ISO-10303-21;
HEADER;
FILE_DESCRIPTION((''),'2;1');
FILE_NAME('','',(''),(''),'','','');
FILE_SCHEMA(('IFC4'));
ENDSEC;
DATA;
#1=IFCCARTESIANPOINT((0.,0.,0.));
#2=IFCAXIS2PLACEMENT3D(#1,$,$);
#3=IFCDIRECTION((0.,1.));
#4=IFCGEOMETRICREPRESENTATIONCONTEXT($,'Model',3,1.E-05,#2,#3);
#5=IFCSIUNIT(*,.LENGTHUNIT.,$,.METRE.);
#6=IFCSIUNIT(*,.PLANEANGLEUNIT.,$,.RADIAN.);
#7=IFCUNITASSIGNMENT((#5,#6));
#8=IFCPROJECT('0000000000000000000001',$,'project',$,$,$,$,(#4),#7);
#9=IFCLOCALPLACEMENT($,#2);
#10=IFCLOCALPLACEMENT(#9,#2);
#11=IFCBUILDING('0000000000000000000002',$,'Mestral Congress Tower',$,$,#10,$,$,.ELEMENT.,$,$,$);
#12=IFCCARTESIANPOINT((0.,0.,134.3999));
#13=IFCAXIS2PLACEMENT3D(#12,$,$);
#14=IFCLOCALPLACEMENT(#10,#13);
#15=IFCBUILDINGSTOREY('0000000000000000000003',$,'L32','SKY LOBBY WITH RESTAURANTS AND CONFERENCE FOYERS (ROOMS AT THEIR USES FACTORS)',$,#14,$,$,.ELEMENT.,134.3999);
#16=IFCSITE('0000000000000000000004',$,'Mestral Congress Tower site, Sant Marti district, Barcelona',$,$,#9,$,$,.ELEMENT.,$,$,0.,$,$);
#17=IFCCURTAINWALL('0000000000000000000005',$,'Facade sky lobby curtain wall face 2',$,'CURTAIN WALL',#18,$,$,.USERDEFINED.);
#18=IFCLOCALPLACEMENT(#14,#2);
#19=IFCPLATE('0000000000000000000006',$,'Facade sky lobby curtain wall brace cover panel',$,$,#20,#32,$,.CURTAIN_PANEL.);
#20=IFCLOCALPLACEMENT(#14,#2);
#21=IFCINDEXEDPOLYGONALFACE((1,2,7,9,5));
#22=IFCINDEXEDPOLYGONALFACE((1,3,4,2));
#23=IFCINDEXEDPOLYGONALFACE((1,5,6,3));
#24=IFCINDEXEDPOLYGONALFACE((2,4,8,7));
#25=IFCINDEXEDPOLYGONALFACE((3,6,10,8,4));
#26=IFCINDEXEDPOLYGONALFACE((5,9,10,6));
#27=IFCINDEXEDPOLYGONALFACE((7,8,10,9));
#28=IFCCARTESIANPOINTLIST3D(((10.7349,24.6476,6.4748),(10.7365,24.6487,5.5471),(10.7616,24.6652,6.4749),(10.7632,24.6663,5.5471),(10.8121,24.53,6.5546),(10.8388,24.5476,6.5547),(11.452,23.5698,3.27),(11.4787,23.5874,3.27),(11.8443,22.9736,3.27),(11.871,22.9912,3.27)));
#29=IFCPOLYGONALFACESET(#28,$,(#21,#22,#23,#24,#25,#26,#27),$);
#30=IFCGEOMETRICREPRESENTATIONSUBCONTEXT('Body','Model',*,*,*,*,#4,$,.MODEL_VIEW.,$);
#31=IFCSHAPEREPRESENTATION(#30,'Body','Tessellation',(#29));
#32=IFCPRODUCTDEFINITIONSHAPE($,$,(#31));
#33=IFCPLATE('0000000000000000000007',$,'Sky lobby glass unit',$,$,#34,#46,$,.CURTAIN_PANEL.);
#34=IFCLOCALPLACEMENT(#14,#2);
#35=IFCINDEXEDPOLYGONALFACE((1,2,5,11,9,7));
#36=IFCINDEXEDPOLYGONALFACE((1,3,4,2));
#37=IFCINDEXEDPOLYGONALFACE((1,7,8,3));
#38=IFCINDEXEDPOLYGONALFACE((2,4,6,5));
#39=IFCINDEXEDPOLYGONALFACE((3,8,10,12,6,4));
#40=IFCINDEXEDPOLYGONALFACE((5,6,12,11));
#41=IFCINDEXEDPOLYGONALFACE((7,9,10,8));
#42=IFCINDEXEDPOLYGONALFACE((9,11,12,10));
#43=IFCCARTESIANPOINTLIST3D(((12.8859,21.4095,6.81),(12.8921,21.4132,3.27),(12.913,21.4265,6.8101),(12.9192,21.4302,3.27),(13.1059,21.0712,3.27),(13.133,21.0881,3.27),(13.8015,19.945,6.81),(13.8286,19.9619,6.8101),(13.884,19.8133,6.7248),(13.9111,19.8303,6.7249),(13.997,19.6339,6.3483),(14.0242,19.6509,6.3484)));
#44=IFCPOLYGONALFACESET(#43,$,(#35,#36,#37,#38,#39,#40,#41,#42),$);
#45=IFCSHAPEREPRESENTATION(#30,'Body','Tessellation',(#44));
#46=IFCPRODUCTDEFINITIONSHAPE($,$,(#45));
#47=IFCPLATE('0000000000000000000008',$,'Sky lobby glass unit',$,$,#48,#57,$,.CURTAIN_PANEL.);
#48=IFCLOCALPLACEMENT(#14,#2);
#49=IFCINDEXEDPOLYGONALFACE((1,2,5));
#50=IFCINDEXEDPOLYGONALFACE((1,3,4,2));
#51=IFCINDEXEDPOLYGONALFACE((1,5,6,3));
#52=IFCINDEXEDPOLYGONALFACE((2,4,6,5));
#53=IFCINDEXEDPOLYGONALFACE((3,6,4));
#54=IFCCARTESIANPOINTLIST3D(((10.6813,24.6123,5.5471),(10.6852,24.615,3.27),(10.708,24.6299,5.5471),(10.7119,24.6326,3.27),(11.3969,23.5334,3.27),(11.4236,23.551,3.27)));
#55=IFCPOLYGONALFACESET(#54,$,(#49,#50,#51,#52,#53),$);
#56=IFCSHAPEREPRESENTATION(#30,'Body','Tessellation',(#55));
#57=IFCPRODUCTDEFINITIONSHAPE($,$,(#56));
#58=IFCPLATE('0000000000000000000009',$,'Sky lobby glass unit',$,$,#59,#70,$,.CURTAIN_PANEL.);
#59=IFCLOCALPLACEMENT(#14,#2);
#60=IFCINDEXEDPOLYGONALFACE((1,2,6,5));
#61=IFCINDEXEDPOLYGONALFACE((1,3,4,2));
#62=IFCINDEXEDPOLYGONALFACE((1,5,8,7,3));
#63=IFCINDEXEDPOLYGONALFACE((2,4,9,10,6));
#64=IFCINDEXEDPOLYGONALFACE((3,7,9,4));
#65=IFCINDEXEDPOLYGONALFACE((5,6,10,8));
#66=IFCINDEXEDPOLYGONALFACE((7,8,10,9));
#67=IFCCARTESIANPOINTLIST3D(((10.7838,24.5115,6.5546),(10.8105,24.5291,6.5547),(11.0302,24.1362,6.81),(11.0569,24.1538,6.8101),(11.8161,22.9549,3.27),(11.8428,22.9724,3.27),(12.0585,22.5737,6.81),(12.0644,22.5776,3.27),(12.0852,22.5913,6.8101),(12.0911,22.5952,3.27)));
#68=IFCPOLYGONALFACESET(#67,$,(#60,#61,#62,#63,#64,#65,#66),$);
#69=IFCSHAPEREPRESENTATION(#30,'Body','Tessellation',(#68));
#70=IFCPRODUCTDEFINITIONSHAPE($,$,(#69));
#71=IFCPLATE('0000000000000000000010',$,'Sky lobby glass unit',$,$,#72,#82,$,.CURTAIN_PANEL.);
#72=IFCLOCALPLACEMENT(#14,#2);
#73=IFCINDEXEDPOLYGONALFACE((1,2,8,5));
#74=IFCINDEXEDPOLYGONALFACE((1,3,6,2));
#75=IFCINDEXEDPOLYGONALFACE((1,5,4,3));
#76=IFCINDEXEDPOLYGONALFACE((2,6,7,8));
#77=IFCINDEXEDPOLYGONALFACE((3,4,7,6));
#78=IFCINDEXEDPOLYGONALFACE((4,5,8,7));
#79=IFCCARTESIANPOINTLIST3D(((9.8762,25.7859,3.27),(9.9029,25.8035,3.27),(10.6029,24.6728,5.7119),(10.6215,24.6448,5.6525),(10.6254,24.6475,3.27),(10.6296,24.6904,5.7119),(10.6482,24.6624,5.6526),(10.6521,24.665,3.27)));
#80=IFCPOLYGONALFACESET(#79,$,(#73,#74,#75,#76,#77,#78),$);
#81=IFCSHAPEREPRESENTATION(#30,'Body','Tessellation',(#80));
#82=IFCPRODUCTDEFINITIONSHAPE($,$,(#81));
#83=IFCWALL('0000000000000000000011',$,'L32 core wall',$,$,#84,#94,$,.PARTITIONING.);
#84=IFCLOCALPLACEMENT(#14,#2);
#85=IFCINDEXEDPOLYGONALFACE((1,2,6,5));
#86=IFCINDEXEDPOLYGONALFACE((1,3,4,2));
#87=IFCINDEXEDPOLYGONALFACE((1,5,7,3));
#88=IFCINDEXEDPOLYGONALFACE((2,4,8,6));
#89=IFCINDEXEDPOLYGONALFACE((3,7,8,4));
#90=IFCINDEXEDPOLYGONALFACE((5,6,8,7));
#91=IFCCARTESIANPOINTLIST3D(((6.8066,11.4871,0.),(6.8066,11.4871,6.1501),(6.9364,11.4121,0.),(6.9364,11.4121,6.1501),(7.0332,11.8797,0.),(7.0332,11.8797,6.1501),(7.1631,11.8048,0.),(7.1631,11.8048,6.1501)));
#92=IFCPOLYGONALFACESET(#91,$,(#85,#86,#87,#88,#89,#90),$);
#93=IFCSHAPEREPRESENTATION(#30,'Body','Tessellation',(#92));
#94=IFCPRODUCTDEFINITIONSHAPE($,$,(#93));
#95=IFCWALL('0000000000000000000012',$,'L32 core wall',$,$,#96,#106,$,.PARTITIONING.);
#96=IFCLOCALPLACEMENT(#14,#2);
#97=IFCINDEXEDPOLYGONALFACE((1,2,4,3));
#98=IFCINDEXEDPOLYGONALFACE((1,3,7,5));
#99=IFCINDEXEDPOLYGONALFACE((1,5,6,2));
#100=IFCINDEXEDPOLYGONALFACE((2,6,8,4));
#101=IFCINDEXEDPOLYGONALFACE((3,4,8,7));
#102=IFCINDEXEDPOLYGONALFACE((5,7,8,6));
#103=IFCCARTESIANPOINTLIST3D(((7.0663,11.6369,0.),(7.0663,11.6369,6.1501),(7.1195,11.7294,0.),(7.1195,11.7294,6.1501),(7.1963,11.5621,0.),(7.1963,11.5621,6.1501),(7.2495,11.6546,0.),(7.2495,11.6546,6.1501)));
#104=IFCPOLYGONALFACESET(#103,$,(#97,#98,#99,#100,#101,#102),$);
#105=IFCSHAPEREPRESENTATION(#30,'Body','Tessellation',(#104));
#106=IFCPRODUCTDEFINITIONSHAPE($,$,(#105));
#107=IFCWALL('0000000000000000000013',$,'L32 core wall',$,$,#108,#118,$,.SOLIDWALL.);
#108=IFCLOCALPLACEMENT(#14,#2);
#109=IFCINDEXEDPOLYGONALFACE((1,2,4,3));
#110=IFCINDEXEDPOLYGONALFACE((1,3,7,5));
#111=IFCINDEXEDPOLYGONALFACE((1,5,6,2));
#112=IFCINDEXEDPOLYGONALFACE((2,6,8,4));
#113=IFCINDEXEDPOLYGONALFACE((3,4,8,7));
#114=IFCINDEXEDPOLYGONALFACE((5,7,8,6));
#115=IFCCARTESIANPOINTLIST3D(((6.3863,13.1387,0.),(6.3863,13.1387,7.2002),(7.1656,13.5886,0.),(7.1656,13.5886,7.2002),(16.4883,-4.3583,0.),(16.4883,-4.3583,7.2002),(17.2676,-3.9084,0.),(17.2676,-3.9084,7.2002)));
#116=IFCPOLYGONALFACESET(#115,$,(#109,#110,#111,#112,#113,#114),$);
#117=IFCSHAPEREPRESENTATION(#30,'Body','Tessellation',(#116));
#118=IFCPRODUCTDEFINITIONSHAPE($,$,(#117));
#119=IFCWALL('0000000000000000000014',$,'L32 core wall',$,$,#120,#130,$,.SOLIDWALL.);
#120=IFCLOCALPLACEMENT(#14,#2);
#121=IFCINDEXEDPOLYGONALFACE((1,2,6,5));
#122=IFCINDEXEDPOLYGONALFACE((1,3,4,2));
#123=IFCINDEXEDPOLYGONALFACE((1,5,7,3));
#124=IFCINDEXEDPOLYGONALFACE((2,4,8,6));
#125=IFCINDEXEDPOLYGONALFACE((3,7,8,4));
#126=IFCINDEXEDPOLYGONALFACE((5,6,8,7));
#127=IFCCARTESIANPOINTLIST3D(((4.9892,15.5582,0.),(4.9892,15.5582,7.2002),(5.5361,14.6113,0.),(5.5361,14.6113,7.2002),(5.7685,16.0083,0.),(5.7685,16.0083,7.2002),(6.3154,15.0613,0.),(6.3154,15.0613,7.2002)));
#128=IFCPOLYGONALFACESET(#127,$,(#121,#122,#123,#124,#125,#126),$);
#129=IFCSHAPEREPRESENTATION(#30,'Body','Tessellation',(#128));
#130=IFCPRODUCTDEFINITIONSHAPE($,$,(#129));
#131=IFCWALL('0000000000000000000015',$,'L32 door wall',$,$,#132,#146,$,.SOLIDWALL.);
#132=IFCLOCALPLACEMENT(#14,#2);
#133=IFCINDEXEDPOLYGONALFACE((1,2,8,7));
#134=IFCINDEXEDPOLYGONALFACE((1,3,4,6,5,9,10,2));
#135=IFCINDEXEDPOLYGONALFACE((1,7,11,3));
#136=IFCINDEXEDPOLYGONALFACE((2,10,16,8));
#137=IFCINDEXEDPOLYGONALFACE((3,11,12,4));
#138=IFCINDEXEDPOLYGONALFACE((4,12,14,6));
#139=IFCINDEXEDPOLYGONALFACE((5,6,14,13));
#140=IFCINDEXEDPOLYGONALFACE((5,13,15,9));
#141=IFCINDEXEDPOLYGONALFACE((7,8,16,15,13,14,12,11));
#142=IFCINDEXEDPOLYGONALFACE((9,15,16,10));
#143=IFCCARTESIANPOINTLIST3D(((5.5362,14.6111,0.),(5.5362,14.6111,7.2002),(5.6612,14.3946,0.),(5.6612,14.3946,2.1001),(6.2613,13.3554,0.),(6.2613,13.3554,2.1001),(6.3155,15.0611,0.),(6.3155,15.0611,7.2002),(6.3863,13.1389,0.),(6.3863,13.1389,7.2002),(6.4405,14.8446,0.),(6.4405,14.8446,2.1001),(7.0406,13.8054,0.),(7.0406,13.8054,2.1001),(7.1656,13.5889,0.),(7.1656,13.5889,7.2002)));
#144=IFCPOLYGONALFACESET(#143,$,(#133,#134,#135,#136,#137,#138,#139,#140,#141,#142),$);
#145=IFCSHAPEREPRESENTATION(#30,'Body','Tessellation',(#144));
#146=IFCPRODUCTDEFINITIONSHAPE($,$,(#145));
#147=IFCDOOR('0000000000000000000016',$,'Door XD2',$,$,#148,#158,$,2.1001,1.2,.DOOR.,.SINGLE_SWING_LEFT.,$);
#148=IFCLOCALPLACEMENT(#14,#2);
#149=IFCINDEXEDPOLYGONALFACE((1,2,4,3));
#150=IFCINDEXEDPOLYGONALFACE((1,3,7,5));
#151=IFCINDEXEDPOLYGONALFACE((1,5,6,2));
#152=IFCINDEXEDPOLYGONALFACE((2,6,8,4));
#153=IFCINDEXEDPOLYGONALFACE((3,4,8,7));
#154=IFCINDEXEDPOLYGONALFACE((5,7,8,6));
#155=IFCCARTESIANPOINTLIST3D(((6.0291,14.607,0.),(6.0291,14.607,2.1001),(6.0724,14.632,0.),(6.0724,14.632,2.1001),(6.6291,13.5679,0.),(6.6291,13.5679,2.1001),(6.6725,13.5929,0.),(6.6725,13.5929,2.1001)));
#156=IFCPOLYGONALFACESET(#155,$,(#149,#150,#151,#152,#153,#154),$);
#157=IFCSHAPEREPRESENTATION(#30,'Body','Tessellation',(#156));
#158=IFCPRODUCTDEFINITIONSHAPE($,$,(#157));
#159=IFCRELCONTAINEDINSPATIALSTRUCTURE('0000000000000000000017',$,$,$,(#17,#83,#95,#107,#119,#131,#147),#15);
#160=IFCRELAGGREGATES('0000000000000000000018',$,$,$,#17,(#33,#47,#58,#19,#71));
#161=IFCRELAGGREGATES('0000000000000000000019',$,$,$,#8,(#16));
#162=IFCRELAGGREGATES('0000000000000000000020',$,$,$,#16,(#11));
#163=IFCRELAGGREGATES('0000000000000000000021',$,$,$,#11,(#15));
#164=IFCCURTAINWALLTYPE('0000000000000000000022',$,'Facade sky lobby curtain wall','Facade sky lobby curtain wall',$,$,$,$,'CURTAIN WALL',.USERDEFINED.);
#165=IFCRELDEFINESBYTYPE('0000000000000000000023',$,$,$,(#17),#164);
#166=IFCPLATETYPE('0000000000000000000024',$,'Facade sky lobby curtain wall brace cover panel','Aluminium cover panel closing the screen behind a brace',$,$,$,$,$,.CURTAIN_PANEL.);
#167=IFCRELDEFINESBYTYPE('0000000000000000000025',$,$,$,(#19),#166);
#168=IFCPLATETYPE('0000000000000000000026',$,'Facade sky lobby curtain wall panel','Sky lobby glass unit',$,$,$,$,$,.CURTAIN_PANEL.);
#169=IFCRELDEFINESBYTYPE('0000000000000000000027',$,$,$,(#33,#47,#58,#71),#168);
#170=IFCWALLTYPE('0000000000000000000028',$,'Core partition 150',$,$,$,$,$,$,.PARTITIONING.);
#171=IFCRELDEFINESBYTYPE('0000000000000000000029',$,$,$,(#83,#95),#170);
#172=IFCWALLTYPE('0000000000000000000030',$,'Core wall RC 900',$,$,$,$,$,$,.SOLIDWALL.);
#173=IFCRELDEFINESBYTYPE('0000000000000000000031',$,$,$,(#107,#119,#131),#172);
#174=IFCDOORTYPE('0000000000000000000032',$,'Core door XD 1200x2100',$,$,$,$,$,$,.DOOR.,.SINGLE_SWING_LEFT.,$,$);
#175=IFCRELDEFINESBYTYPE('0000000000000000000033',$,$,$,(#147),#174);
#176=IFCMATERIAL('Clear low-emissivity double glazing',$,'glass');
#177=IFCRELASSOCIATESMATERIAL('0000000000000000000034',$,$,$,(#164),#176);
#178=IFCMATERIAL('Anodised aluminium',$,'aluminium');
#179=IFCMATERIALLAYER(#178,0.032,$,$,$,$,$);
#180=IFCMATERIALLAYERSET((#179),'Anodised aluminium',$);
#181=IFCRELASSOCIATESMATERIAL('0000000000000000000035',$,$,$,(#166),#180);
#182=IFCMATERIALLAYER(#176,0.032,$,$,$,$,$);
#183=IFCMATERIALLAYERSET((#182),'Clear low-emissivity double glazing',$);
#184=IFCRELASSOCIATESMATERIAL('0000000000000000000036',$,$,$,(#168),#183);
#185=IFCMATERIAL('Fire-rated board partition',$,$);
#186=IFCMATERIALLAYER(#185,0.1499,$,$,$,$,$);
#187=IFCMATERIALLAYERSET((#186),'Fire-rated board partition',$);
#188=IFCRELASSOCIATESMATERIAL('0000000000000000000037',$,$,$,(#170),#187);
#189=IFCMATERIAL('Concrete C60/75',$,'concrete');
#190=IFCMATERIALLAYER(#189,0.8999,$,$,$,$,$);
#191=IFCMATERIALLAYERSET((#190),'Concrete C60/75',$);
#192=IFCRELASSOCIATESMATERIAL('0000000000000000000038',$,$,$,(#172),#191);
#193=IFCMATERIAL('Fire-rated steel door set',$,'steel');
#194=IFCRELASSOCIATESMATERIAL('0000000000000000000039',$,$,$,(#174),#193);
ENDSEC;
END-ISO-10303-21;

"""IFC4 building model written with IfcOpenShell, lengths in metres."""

from ifc_helpers import new_model, si_unit, direction, frame, frame_2d, origin, place, context, subcontext, project, spatial, polyline, rectangle, outline, extrude, material, layer, layer_set, type_object, element, fill, aggregate, save


model = new_model("IFC4")

# Units and contexts
model_context = context("Model", 3, precision=1e-05, world=origin(), true_north=direction((0.0, 1.0)))
body_context = subcontext(model_context, "Body", "Model", "MODEL_VIEW")
ifc_project = project(units=[si_unit("LENGTHUNIT", "METRE"), si_unit("PLANEANGLEUNIT", "RADIAN")], contexts=[model_context])

# Site, building, storey
site_placement = place(None, origin())
site = spatial("IfcSite", under=ifc_project, at=site_placement, Name="Mestral Congress Tower site, Sant Marti district, Barcelona", CompositionType="ELEMENT", RefElevation=0.0)
building_placement = place(site_placement, origin())
building = spatial("IfcBuilding", under=site, at=building_placement, Name="Mestral Congress Tower", CompositionType="ELEMENT")
storey_placement = place(building_placement, frame((0.0, 0.0, 134.3999)))
storey = spatial("IfcBuildingStorey", under=building, at=storey_placement, Name="L32", Description="SKY LOBBY WITH RESTAURANTS AND CONFERENCE FOYERS (ROOMS AT THEIR USES FACTORS)", CompositionType="ELEMENT", Elevation=134.3999)

# Curtain wall
ifc_material_1 = material(Name="Clear low-emissivity double glazing", Category="glass")
curtain_wall_type = type_object("IfcCurtainWallType", Name="Facade sky lobby curtain wall", Description="Facade sky lobby curtain wall", ElementType="CURTAIN WALL", PredefinedType="USERDEFINED", material=ifc_material_1)
curtain_wall_placement = place(storey_placement, origin())
curtain_wall = element("IfcCurtainWall", 1, at=curtain_wall_placement, inside=storey, type_object=curtain_wall_type, Name="Facade sky lobby curtain wall face 2", ObjectType="CURTAIN WALL", PredefinedType="USERDEFINED")
ifc_material_2 = material(Name="Anodised aluminium", Category="aluminium")

# Plates
ifc_layer_1 = layer(ifc_material_2, 0.032)
ifc_layer_set_1 = layer_set([ifc_layer_1], Name="Anodised aluminium")
plate_type_1 = type_object("IfcPlateType", Name="Facade sky lobby curtain wall brace cover panel", Description="Aluminium cover panel closing the screen behind a brace", PredefinedType="CURTAIN_PANEL", material=ifc_layer_set_1)
plate_1_placement = place(storey_placement, frame((10.7632, 24.6663, 5.5471), z_axis=(0.835338, 0.549732, 0.002019), x_axis=(0.273164, -0.411889, -0.869327)))
plate_1 = element("IfcPlate", 2, at=plate_1_placement, type_object=plate_type_1, Name="Facade sky lobby curtain wall brace cover panel", PredefinedType="CURTAIN_PANEL", context=body_context, shape_type="SweptSolid", body=[
    extrude(outline(polyline([(0.0, 0.0), (2.6194, 0.0), (2.9721, -0.6204), (-0.8064, -0.6203), (-0.8065, -0.4585), (0.0, 0.0)])), origin(), (0.0, 0.0, -1.0), 0.032),
])
ifc_layer_2 = layer(ifc_material_1, 0.032)
ifc_layer_set_2 = layer_set([ifc_layer_2], Name="Clear low-emissivity double glazing")
plate_type_2 = type_object("IfcPlateType", Name="Facade sky lobby curtain wall panel", Description="Sky lobby glass unit", PredefinedType="CURTAIN_PANEL", material=ifc_layer_set_2)
plate_2_placement = place(storey_placement, frame((12.9192, 21.4302, 3.27), z_axis=(0.847942, 0.530085, 0.002023), x_axis=(0.530086, -0.847944, 0.0)))
plate_2 = element("IfcPlate", 3, at=plate_2_placement, type_object=plate_type_2, Name="Sky lobby glass unit", PredefinedType="CURTAIN_PANEL", context=body_context, shape_type="SweptSolid", body=[
    extrude(outline(polyline([(0.0, 0.0), (0.4034, 0.0), (2.0945, -3.0784), (1.8824, -3.4548), (1.7271, -3.54), (-0.0001, -3.54), (0.0, 0.0)])), origin(), (0.0, 0.0, -1.0), 0.032),
])
plate_3_placement = place(storey_placement, frame((10.7119, 24.6326, 3.27), z_axis=(0.83537, 0.549685, 0.002081), x_axis=(0.549686, -0.835372, 0.0)))
plate_3 = element("IfcPlate", 4, at=plate_3_placement, type_object=plate_type_2, Name="Sky lobby glass unit", PredefinedType="CURTAIN_PANEL", context=body_context, shape_type="SweptSolid", body=[
    extrude(outline(polyline([(0.0, 0.0), (1.2947, 0.0), (0.0001, -2.2771), (0.0, 0.0)])), origin(), (0.0, 0.0, -1.0), 0.032),
])
plate_4_placement = place(storey_placement, frame((10.8105, 24.5291, 6.5547), z_axis=(0.835322, 0.549758, 0.001981), x_axis=(0.273188, -0.411958, -0.869286)))
plate_4 = element("IfcPlate", 5, at=plate_4_placement, type_object=plate_type_2, Name="Sky lobby glass unit", PredefinedType="CURTAIN_PANEL", context=body_context, shape_type="SweptSolid", body=[
    extrude(outline(polyline([(0.0, 0.0), (3.7786, 0.0), (4.0018, -0.3926), (0.9245, -2.1425), (-0.0001, -0.5164), (0.0, 0.0)])), origin(), (0.0, 0.0, -1.0), 0.032),
])
plate_5_placement = place(storey_placement, frame((10.6521, 24.665, 3.27), z_axis=(0.835335, 0.549738, 0.001967), x_axis=(-0.001621, -0.001115, 0.999998)))
plate_5 = element("IfcPlate", 6, at=plate_5_placement, type_object=plate_type_2, Name="Sky lobby glass unit", PredefinedType="CURTAIN_PANEL", context=body_context, shape_type="SweptSolid", body=[
    extrude(outline(polyline([(0.0, 0.0), (2.3826, 0.0), (2.4419, -0.0337), (-0.0001, -1.3629), (0.0, 0.0)])), origin(), (0.0, 0.0, -1.0), 0.032),
])
aggregate(curtain_wall, [plate_2, plate_3, plate_4, plate_1, plate_5])

# Walls
ifc_material_3 = material(Name="Fire-rated board partition")
ifc_layer_3 = layer(ifc_material_3, 0.1499)
ifc_layer_set_3 = layer_set([ifc_layer_3], Name="Fire-rated board partition")
wall_type_1 = type_object("IfcWallType", Name="Core partition 150", PredefinedType="PARTITIONING", material=ifc_layer_set_3)
wall_1_placement = place(storey_placement, frame((6.8716, 11.4497, 0.0), z_axis=(0.0, 0.0, 1.0), x_axis=(0.499847, 0.866114, 0.0)))
element("IfcWall", 7, at=wall_1_placement, inside=storey, type_object=wall_type_1, Name="L32 core wall", PredefinedType="PARTITIONING", context=body_context, shape_type="SweptSolid", body=[
    extrude(rectangle(XDim=0.4534, YDim=0.1499, at=frame_2d((0.2266, 0.0))), origin(), (0.0, 0.0, 1.0), 6.1501),
])
wall_2_placement = place(storey_placement, frame((7.1313, 11.5996, 0.0), z_axis=(0.0, 0.0, 1.0), x_axis=(0.4986, 0.866832, 0.0)))
element("IfcWall", 8, at=wall_2_placement, inside=storey, type_object=wall_type_1, Name="L32 core wall", PredefinedType="PARTITIONING", context=body_context, shape_type="SweptSolid", body=[
    extrude(rectangle(XDim=0.1067, YDim=0.1499, at=frame_2d((0.0532, 0.0))), origin(), (0.0, 0.0, 1.0), 6.1501),
])
ifc_material_4 = material(Name="Concrete C60/75", Category="concrete")
ifc_layer_4 = layer(ifc_material_4, 0.8999)
ifc_layer_set_4 = layer_set([ifc_layer_4], Name="Concrete C60/75")
wall_type_2 = type_object("IfcWallType", Name="Core wall RC 900", PredefinedType="SOLIDWALL", material=ifc_layer_set_4)
wall_3_placement = place(storey_placement, frame((6.7759, 13.3638, 0.0), z_axis=(0.0, 0.0, 1.0), x_axis=(0.500004, -0.866023, 0.0)))
element("IfcWall", 9, at=wall_3_placement, inside=storey, type_object=wall_type_2, Name="L32 core wall", PredefinedType="SOLIDWALL", context=body_context, shape_type="SweptSolid", body=[
    extrude(rectangle(XDim=20.2039, YDim=0.8999, at=frame_2d((10.1021, 0.0))), origin(), (0.0, 0.0, 1.0), 7.2002),
])
wall_4_placement = place(storey_placement, frame((5.9258, 14.8362, 0.0), z_axis=(0.0, 0.0, 1.0), x_axis=(-0.500077, 0.865981, 0.0)))
element("IfcWall", 10, at=wall_4_placement, inside=storey, type_object=wall_type_2, Name="L32 core wall", PredefinedType="SOLIDWALL", context=body_context, shape_type="SweptSolid", body=[
    extrude(rectangle(XDim=1.0935, YDim=0.8999, at=frame_2d((0.5469, 0.0))), origin(), (0.0, 0.0, 1.0), 7.2002),
])

# Wall, opening, door
wall_5_placement = place(storey_placement, frame((5.9258, 14.8362, 0.0), z_axis=(0.0, 0.0, 1.0), x_axis=(0.500062, -0.865989, 0.0)))
wall_5 = element("IfcWall", 11, at=wall_5_placement, inside=storey, type_object=wall_type_2, Name="L32 door wall", PredefinedType="SOLIDWALL", context=body_context, shape_type="SweptSolid", body=[
    extrude(rectangle(XDim=1.7, YDim=0.8999, at=frame_2d((0.8501, 0.0))), origin(), (0.0, 0.0, 1.0), 7.2002),
])
opening_1_placement = place(wall_5_placement, frame((0.25, 0.0, 0.0)))
opening_1 = element("IfcOpeningElement", 12, at=opening_1_placement, cuts=wall_5, PredefinedType="OPENING", context=body_context, shape_type="SweptSolid", body=[
    extrude(rectangle(XDim=1.2, YDim=2.1001, at=frame_2d((0.6001, 1.05))), frame((0.0, 0.46, 0.0), z_axis=(0.0, -1.0, 0.0), x_axis=(1.0, 0.0, 0.0)), (0.0, 0.0, 1.0), 0.9199),
])
ifc_material_5 = material(Name="Fire-rated steel door set", Category="steel")
door_type_1 = type_object("IfcDoorType", Name="Core door XD 1200x2100", OperationType="SINGLE_SWING_LEFT", PredefinedType="DOOR", material=ifc_material_5)
door_1_placement = place(opening_1_placement, origin())
door_1 = element("IfcDoor", 13, at=door_1_placement, inside=storey, type_object=door_type_1, Name="Door XD2", OperationType="SINGLE_SWING_LEFT", OverallHeight=2.1001, OverallWidth=1.2, PredefinedType="DOOR", context=body_context, shape_type="SweptSolid", body=[
    extrude(rectangle(XDim=1.2, YDim=2.1001, at=frame_2d((0.6001, 1.05))), frame((0.0, 0.0249, 0.0), z_axis=(0.0, -1.0, 0.0), x_axis=(1.0, 0.0, 0.0)), (0.0, 0.0, 1.0), 0.05),
])
fill(opening_1, door_1)

save(model, "model.ifc")
